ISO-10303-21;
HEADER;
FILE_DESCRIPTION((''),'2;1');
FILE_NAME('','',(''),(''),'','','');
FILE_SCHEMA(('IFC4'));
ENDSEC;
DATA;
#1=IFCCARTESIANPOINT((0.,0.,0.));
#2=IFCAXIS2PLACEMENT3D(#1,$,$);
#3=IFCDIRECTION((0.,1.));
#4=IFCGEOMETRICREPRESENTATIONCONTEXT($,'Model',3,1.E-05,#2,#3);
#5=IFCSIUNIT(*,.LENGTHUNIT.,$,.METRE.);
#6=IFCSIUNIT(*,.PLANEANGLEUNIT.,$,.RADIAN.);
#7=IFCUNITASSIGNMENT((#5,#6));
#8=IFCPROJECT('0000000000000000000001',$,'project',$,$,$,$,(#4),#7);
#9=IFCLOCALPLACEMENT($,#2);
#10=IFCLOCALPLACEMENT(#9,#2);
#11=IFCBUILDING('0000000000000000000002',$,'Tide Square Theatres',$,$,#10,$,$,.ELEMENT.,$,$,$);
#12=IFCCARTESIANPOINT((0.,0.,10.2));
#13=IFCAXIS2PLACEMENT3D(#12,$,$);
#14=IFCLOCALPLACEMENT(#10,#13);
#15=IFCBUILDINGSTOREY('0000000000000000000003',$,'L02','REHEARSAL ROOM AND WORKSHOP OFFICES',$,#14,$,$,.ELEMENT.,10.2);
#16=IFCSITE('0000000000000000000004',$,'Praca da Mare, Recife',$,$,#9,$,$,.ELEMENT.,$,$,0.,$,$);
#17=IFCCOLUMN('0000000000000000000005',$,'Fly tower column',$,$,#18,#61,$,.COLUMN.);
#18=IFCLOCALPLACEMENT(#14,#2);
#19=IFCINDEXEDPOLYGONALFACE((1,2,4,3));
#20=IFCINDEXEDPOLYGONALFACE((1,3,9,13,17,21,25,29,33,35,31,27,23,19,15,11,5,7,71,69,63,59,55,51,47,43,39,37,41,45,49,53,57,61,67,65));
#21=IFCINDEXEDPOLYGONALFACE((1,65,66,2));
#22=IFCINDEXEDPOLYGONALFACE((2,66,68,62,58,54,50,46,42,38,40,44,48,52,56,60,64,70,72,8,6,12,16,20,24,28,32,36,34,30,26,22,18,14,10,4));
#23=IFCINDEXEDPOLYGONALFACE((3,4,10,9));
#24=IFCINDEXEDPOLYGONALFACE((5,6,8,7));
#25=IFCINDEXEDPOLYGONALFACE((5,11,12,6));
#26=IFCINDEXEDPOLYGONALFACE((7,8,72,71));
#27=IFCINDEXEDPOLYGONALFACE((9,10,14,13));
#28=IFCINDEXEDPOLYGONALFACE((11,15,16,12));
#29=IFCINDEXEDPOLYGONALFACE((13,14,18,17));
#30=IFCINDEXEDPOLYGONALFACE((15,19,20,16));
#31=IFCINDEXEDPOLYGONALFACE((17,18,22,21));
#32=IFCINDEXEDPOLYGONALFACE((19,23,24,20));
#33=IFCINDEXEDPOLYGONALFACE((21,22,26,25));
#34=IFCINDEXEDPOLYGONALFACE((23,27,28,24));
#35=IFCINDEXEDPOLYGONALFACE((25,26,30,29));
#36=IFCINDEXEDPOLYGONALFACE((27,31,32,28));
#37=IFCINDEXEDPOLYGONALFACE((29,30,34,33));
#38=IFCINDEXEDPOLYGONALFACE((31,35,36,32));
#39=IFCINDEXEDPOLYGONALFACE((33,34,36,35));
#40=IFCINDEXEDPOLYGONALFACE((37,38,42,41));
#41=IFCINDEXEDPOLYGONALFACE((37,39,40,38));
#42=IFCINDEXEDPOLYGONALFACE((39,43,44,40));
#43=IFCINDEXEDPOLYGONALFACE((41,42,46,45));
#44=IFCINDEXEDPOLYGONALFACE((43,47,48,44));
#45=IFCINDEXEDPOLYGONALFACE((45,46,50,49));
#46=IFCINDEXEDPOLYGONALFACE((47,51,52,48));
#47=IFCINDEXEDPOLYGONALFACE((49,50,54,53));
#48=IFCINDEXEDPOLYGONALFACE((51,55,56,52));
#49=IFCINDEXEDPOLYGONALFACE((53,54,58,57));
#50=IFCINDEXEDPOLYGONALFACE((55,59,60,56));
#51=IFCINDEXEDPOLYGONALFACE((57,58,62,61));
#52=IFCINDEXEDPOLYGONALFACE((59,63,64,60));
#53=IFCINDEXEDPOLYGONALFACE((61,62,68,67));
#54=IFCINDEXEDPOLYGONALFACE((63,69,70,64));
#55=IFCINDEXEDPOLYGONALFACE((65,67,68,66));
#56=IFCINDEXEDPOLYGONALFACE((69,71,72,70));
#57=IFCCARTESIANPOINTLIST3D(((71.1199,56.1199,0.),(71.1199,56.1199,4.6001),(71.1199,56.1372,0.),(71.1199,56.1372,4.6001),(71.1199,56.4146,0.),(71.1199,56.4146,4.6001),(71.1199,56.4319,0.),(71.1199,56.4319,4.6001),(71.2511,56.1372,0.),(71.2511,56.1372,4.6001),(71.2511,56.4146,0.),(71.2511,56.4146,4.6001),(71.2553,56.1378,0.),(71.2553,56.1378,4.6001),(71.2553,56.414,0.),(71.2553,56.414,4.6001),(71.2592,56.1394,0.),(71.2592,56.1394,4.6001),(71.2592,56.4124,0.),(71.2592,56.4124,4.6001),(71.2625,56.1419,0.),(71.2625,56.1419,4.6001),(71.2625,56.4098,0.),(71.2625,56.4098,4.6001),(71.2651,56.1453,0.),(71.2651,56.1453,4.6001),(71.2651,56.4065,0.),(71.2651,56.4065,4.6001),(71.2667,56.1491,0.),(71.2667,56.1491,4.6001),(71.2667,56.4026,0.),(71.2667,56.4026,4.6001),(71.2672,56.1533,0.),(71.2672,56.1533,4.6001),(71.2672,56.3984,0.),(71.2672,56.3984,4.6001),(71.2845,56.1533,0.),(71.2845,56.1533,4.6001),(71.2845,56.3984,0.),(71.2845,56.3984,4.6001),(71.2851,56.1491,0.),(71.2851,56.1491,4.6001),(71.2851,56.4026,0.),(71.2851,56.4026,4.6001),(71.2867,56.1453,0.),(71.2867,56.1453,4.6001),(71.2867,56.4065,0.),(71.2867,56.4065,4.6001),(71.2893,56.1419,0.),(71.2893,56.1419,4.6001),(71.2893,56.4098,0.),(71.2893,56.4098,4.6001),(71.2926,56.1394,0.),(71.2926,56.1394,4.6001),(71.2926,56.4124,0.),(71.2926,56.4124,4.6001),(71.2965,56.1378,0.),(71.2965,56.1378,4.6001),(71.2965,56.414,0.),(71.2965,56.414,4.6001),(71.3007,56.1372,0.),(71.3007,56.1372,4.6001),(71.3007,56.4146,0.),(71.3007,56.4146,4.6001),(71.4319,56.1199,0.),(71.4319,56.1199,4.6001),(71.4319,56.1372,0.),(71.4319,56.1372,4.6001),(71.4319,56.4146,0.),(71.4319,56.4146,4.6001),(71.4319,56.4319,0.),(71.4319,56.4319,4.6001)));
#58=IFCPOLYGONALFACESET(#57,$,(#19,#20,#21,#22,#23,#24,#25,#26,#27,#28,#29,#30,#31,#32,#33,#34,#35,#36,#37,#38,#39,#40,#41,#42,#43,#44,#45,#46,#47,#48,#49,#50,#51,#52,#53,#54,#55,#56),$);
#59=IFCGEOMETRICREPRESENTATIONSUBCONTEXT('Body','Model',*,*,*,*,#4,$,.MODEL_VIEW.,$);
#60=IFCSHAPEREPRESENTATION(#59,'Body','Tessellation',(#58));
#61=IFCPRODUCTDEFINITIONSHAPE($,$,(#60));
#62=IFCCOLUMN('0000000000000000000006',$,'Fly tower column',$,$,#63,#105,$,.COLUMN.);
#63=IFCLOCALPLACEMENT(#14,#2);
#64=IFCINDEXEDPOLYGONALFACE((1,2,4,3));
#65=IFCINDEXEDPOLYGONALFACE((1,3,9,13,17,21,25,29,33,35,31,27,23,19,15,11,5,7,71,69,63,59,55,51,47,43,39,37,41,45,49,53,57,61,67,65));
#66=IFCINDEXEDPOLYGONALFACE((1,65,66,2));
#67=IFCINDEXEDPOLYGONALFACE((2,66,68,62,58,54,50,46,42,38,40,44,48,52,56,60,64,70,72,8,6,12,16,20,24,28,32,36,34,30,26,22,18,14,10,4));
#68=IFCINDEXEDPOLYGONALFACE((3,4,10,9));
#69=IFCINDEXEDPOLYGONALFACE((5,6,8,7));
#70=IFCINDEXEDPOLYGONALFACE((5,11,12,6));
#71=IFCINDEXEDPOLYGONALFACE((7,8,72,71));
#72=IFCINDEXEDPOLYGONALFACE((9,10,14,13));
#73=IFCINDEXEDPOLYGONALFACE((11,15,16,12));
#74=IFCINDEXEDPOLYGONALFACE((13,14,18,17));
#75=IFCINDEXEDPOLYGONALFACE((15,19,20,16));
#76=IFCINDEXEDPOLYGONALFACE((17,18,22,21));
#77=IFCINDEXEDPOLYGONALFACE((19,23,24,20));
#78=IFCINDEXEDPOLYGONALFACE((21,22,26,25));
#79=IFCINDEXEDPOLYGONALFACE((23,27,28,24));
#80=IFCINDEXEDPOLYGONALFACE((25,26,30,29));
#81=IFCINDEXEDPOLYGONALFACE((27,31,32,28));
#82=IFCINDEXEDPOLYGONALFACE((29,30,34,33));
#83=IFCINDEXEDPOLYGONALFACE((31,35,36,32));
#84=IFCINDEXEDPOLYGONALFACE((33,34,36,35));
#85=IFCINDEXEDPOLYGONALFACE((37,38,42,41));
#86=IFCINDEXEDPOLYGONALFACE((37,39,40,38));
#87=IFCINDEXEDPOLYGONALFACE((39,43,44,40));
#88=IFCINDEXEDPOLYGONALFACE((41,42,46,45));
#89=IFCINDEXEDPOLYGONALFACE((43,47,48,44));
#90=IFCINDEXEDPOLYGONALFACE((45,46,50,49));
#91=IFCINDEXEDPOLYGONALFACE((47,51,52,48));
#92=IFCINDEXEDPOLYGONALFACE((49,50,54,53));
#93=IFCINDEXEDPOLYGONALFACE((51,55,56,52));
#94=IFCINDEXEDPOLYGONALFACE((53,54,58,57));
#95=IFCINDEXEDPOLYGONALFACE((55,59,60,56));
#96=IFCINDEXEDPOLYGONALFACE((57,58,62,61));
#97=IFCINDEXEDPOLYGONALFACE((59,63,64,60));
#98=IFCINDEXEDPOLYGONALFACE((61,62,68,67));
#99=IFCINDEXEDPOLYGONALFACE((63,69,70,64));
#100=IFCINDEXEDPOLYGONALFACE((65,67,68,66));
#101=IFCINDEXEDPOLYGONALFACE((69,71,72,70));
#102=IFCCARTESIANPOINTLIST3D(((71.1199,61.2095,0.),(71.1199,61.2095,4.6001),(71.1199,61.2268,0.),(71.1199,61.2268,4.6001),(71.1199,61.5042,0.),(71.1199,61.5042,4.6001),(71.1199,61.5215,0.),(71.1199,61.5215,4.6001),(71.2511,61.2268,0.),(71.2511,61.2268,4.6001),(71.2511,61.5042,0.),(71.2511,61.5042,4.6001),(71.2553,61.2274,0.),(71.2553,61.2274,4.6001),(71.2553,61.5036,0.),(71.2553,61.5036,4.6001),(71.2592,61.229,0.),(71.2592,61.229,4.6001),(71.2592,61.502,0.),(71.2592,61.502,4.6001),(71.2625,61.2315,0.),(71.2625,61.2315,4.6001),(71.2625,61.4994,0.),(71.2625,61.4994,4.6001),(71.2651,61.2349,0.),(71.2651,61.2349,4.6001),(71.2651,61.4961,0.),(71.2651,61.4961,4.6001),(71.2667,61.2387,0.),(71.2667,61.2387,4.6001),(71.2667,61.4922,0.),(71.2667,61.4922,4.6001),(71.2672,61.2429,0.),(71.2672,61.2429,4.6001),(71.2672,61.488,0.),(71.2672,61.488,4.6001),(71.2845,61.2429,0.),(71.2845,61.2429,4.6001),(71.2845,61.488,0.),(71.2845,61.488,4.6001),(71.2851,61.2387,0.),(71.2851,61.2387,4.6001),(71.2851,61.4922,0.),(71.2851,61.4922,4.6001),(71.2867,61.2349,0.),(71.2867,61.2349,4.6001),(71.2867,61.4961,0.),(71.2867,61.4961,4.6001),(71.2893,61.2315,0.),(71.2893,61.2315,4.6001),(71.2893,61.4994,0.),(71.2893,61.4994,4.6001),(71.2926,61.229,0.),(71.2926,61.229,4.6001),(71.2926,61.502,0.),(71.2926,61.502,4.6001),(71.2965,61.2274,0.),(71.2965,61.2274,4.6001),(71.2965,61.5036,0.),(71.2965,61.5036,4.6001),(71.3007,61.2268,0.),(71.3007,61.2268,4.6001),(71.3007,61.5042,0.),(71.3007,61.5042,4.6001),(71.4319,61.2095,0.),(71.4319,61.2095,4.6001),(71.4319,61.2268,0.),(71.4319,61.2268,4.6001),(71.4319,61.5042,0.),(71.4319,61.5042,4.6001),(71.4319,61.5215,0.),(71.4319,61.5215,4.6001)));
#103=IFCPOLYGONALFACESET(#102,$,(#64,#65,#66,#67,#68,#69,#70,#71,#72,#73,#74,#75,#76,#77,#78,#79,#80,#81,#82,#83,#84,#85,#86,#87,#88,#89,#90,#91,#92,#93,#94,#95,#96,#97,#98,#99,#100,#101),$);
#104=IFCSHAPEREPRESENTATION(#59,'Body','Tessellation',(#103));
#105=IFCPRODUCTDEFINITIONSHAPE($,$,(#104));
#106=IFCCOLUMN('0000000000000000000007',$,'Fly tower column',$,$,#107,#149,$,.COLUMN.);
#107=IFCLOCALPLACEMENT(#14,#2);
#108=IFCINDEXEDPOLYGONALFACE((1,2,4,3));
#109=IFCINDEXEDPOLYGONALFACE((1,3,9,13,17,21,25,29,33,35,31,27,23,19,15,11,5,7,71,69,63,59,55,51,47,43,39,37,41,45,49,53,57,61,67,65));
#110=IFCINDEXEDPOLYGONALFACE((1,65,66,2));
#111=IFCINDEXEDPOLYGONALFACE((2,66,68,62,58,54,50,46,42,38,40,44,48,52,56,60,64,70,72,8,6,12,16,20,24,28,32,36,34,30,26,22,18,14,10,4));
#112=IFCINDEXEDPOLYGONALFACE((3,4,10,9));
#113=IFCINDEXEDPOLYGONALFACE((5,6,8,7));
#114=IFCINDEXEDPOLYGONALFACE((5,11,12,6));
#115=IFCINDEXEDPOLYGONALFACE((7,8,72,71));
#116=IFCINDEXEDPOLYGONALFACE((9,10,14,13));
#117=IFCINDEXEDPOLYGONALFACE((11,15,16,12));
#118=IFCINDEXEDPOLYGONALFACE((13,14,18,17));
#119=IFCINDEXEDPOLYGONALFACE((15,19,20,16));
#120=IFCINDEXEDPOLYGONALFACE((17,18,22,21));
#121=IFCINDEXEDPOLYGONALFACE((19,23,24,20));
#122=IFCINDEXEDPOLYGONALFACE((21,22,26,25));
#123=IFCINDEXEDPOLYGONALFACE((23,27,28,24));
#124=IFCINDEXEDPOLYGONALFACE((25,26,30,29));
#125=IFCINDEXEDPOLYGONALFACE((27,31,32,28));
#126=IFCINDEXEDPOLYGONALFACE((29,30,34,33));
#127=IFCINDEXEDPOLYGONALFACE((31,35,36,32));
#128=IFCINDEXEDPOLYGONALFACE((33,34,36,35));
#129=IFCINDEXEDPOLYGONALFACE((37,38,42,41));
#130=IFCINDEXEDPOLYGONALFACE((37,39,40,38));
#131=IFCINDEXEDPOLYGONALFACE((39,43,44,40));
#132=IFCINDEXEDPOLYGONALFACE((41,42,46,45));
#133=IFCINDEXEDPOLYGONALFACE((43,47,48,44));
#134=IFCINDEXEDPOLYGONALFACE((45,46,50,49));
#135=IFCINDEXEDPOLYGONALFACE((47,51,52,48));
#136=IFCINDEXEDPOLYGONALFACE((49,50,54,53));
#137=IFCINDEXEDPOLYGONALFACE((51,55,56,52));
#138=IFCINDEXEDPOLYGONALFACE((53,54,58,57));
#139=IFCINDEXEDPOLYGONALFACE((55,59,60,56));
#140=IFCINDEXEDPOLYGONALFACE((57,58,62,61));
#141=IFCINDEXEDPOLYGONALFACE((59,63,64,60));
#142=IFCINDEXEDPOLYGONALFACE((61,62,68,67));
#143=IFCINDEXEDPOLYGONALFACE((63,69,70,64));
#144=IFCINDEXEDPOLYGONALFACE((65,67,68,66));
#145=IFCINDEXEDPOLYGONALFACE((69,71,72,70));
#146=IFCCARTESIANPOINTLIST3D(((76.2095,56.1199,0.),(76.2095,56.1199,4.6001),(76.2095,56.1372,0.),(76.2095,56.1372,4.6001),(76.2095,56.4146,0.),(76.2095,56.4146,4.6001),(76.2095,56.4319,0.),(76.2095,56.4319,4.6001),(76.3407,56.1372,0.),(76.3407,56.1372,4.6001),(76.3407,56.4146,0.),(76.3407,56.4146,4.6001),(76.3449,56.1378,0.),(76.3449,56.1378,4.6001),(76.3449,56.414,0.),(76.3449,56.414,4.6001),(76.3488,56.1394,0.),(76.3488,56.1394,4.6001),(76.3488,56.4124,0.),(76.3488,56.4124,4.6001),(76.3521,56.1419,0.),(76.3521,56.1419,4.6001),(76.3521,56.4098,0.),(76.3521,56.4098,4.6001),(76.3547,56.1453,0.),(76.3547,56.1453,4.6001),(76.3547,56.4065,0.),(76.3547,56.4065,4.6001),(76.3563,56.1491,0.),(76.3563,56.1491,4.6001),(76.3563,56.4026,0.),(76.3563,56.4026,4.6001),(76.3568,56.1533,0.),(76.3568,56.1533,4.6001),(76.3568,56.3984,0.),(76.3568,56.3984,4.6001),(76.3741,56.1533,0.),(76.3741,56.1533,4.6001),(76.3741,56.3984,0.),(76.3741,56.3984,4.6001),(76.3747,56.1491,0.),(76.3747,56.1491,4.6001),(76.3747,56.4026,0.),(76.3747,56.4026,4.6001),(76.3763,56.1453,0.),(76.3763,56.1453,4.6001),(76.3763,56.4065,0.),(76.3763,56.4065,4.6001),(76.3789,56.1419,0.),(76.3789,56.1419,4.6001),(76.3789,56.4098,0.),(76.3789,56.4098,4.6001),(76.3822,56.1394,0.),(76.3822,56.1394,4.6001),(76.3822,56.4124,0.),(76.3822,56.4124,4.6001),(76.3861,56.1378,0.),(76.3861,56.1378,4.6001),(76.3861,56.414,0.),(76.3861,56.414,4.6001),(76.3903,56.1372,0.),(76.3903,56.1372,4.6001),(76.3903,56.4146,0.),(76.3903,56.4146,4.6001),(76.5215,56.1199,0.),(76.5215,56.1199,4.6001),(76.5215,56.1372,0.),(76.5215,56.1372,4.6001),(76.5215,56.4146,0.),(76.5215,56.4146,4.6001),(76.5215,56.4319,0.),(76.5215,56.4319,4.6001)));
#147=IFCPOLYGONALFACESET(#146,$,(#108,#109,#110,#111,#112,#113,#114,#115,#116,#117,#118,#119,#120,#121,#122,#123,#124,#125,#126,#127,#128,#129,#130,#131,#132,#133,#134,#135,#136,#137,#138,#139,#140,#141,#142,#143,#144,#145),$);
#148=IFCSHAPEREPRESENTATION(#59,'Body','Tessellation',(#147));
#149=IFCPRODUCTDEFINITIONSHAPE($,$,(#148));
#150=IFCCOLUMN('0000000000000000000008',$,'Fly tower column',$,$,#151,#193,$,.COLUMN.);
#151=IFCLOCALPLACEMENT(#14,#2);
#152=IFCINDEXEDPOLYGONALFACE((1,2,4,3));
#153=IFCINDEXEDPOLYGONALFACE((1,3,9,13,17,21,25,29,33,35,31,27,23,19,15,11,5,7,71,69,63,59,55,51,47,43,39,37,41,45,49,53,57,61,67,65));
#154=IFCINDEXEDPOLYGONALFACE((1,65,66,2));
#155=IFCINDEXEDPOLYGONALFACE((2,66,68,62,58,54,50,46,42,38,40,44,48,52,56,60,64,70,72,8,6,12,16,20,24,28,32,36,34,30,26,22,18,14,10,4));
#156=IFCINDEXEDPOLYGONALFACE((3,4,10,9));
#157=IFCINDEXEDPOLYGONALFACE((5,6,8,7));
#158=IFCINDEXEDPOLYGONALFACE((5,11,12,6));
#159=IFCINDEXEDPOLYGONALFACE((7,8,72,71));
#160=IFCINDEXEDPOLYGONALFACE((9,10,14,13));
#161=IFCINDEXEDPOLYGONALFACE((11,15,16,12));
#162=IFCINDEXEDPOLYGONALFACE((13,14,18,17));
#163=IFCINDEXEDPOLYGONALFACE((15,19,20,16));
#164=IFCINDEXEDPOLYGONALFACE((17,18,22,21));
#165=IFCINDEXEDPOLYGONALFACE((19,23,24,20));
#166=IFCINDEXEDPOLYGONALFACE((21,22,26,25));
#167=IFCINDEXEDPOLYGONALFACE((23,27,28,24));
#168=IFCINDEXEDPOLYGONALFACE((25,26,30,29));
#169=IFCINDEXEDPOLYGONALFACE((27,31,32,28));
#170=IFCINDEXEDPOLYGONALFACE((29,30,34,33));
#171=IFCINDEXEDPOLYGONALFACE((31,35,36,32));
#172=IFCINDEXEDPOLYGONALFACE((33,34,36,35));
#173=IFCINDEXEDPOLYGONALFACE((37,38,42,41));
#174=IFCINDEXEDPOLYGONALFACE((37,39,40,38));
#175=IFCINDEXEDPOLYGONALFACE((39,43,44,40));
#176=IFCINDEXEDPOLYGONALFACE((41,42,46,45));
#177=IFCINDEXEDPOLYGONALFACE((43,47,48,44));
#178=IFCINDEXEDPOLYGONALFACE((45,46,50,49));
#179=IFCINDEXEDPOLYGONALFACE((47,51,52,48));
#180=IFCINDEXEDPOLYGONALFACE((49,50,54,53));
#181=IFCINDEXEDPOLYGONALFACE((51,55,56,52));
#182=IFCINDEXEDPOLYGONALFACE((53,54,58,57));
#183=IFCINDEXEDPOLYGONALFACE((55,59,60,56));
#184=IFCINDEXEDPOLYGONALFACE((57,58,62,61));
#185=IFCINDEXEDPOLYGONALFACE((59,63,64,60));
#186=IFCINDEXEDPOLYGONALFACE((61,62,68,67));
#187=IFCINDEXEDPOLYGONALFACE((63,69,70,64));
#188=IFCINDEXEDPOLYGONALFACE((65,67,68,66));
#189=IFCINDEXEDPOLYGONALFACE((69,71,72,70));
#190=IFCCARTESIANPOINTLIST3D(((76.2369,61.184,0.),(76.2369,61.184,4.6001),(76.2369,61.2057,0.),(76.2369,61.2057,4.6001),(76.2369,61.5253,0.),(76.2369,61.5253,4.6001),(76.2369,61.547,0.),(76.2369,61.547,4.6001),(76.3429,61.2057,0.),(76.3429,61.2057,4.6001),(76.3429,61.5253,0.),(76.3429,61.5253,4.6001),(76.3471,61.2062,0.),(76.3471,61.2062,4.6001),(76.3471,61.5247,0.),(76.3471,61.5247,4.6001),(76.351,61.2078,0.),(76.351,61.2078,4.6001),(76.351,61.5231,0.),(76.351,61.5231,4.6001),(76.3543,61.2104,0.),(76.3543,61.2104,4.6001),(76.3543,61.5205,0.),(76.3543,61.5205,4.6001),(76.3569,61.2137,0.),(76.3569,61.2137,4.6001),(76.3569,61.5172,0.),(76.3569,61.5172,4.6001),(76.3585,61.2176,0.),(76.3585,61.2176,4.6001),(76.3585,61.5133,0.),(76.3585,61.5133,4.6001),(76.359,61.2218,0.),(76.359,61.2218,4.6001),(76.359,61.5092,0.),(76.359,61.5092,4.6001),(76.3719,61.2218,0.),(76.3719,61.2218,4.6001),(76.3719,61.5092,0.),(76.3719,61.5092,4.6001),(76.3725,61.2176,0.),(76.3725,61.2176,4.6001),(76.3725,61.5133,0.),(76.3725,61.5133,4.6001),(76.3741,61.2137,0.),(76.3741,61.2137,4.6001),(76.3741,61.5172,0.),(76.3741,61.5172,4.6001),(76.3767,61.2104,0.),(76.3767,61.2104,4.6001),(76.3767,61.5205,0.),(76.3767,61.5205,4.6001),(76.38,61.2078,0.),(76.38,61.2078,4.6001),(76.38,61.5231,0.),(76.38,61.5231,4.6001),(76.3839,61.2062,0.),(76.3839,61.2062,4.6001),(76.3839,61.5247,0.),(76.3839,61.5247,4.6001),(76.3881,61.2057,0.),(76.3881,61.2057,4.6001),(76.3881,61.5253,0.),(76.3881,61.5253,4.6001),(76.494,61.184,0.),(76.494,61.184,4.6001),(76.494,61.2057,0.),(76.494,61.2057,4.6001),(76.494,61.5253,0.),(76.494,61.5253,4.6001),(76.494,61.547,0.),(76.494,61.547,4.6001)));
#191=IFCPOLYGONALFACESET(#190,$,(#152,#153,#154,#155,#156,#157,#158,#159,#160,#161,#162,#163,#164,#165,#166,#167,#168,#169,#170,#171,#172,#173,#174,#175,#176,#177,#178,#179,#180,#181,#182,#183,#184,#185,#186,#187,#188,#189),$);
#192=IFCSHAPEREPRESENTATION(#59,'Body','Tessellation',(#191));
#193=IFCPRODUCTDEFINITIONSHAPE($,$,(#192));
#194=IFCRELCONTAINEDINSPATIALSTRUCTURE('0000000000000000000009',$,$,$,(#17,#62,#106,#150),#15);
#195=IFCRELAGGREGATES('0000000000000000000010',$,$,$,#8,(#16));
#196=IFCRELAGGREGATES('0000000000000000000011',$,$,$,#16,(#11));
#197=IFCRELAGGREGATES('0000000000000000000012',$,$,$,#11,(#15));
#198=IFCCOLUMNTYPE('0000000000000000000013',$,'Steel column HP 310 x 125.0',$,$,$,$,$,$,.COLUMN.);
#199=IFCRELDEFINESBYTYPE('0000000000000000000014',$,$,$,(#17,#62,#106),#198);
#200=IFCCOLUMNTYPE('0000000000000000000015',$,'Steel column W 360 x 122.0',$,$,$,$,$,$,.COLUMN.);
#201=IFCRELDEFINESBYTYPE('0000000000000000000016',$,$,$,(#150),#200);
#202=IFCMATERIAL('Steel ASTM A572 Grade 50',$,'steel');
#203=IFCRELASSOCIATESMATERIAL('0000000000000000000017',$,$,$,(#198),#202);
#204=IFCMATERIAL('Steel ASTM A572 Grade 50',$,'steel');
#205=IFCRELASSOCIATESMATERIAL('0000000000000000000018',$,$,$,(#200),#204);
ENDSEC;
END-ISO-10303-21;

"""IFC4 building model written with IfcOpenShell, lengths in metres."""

from ifc_helpers import new_model, si_unit, direction, frame, origin, origin_2d, place, context, subcontext, project, spatial, i_section, extrude, material, material_profile, profile_set, type_object, element, save


model = new_model("IFC4")

# Units and contexts
model_context = context("Model", 3, precision=1e-05, world=origin(), true_north=direction((0.0, 1.0)))
body_context = subcontext(model_context, "Body", "Model", "MODEL_VIEW")
ifc_project = project(units=[si_unit("LENGTHUNIT", "METRE"), si_unit("PLANEANGLEUNIT", "RADIAN")], contexts=[model_context])

# Site, building, storey
site_placement = place(None, origin())
site = spatial("IfcSite", under=ifc_project, at=site_placement, Name="Praca da Mare, Recife", CompositionType="ELEMENT", RefElevation=0.0)
building_placement = place(site_placement, origin())
building = spatial("IfcBuilding", under=site, at=building_placement, Name="Tide Square Theatres", CompositionType="ELEMENT")
storey_placement = place(building_placement, frame((0.0, 0.0, 10.2)))
storey = spatial("IfcBuildingStorey", under=building, at=storey_placement, Name="L02", Description="REHEARSAL ROOM AND WORKSHOP OFFICES", CompositionType="ELEMENT", Elevation=10.2)

# Columns
ifc_material_1 = material(Name="Steel ASTM A572 Grade 50", Category="steel")
ifc_material_profile_1 = material_profile(ifc_material_1, i_section(OverallWidth=0.312, OverallDepth=0.312, WebThickness=0.0173, FlangeThickness=0.0173, FilletRadius=0.0161, at=origin_2d()))
ifc_profile_set_1 = profile_set([ifc_material_profile_1], Name="Steel ASTM A572 Grade 50")
column_type_1 = type_object("IfcColumnType", Name="Steel column HP 310 x 125.0", PredefinedType="COLUMN", material=ifc_profile_set_1)
for number, where, z_axis, x_axis, name in (
    (1, (71.2759, 56.2759, 0.0), (0.0, 0.0, 1.0), (1.0, 0.0, 0.0), "Fly tower column"),
    (2, (71.2759, 61.3655, 0.0), (0.0, 0.0, 1.0), (1.0, 0.0, 0.0), "Fly tower column"),
    (3, (76.3655, 56.2759, 0.0), (0.0, 0.0, 1.0), (1.0, 0.0, 0.0), "Fly tower column"),
):
    element("IfcColumn", number, at=place(storey_placement, frame(where, z_axis=z_axis, x_axis=x_axis)), inside=storey, type_object=column_type_1, Name=name, PredefinedType="COLUMN", context=body_context, shape_type="SweptSolid", body=[
        extrude(i_section(OverallWidth=0.312, OverallDepth=0.312, WebThickness=0.0173, FlangeThickness=0.0173, FilletRadius=0.0161, at=origin_2d()), origin(), (0.0, 0.0, 1.0), 4.6001),
    ])
ifc_material_2 = material(Name="Steel ASTM A572 Grade 50", Category="steel")
ifc_material_profile_2 = material_profile(ifc_material_2, i_section(OverallWidth=0.2571, OverallDepth=0.363, WebThickness=0.0129, FlangeThickness=0.0217, FilletRadius=0.0161, at=origin_2d()))
ifc_profile_set_2 = profile_set([ifc_material_profile_2], Name="Steel ASTM A572 Grade 50")
column_type_2 = type_object("IfcColumnType", Name="Steel column W 360 x 122.0", PredefinedType="COLUMN", material=ifc_profile_set_2)
column_placement = place(storey_placement, frame((76.3655, 61.3655, 0.0), z_axis=(0.0, 0.0, 1.0), x_axis=(1.0, 0.0, 0.0)))
element("IfcColumn", 4, at=column_placement, inside=storey, type_object=column_type_2, Name="Fly tower column", PredefinedType="COLUMN", context=body_context, shape_type="SweptSolid", body=[
    extrude(i_section(OverallWidth=0.2571, OverallDepth=0.363, WebThickness=0.0129, FlangeThickness=0.0217, FilletRadius=0.0161, at=origin_2d()), origin(), (0.0, 0.0, 1.0), 4.6001),
])

save(model, "model.ifc")
